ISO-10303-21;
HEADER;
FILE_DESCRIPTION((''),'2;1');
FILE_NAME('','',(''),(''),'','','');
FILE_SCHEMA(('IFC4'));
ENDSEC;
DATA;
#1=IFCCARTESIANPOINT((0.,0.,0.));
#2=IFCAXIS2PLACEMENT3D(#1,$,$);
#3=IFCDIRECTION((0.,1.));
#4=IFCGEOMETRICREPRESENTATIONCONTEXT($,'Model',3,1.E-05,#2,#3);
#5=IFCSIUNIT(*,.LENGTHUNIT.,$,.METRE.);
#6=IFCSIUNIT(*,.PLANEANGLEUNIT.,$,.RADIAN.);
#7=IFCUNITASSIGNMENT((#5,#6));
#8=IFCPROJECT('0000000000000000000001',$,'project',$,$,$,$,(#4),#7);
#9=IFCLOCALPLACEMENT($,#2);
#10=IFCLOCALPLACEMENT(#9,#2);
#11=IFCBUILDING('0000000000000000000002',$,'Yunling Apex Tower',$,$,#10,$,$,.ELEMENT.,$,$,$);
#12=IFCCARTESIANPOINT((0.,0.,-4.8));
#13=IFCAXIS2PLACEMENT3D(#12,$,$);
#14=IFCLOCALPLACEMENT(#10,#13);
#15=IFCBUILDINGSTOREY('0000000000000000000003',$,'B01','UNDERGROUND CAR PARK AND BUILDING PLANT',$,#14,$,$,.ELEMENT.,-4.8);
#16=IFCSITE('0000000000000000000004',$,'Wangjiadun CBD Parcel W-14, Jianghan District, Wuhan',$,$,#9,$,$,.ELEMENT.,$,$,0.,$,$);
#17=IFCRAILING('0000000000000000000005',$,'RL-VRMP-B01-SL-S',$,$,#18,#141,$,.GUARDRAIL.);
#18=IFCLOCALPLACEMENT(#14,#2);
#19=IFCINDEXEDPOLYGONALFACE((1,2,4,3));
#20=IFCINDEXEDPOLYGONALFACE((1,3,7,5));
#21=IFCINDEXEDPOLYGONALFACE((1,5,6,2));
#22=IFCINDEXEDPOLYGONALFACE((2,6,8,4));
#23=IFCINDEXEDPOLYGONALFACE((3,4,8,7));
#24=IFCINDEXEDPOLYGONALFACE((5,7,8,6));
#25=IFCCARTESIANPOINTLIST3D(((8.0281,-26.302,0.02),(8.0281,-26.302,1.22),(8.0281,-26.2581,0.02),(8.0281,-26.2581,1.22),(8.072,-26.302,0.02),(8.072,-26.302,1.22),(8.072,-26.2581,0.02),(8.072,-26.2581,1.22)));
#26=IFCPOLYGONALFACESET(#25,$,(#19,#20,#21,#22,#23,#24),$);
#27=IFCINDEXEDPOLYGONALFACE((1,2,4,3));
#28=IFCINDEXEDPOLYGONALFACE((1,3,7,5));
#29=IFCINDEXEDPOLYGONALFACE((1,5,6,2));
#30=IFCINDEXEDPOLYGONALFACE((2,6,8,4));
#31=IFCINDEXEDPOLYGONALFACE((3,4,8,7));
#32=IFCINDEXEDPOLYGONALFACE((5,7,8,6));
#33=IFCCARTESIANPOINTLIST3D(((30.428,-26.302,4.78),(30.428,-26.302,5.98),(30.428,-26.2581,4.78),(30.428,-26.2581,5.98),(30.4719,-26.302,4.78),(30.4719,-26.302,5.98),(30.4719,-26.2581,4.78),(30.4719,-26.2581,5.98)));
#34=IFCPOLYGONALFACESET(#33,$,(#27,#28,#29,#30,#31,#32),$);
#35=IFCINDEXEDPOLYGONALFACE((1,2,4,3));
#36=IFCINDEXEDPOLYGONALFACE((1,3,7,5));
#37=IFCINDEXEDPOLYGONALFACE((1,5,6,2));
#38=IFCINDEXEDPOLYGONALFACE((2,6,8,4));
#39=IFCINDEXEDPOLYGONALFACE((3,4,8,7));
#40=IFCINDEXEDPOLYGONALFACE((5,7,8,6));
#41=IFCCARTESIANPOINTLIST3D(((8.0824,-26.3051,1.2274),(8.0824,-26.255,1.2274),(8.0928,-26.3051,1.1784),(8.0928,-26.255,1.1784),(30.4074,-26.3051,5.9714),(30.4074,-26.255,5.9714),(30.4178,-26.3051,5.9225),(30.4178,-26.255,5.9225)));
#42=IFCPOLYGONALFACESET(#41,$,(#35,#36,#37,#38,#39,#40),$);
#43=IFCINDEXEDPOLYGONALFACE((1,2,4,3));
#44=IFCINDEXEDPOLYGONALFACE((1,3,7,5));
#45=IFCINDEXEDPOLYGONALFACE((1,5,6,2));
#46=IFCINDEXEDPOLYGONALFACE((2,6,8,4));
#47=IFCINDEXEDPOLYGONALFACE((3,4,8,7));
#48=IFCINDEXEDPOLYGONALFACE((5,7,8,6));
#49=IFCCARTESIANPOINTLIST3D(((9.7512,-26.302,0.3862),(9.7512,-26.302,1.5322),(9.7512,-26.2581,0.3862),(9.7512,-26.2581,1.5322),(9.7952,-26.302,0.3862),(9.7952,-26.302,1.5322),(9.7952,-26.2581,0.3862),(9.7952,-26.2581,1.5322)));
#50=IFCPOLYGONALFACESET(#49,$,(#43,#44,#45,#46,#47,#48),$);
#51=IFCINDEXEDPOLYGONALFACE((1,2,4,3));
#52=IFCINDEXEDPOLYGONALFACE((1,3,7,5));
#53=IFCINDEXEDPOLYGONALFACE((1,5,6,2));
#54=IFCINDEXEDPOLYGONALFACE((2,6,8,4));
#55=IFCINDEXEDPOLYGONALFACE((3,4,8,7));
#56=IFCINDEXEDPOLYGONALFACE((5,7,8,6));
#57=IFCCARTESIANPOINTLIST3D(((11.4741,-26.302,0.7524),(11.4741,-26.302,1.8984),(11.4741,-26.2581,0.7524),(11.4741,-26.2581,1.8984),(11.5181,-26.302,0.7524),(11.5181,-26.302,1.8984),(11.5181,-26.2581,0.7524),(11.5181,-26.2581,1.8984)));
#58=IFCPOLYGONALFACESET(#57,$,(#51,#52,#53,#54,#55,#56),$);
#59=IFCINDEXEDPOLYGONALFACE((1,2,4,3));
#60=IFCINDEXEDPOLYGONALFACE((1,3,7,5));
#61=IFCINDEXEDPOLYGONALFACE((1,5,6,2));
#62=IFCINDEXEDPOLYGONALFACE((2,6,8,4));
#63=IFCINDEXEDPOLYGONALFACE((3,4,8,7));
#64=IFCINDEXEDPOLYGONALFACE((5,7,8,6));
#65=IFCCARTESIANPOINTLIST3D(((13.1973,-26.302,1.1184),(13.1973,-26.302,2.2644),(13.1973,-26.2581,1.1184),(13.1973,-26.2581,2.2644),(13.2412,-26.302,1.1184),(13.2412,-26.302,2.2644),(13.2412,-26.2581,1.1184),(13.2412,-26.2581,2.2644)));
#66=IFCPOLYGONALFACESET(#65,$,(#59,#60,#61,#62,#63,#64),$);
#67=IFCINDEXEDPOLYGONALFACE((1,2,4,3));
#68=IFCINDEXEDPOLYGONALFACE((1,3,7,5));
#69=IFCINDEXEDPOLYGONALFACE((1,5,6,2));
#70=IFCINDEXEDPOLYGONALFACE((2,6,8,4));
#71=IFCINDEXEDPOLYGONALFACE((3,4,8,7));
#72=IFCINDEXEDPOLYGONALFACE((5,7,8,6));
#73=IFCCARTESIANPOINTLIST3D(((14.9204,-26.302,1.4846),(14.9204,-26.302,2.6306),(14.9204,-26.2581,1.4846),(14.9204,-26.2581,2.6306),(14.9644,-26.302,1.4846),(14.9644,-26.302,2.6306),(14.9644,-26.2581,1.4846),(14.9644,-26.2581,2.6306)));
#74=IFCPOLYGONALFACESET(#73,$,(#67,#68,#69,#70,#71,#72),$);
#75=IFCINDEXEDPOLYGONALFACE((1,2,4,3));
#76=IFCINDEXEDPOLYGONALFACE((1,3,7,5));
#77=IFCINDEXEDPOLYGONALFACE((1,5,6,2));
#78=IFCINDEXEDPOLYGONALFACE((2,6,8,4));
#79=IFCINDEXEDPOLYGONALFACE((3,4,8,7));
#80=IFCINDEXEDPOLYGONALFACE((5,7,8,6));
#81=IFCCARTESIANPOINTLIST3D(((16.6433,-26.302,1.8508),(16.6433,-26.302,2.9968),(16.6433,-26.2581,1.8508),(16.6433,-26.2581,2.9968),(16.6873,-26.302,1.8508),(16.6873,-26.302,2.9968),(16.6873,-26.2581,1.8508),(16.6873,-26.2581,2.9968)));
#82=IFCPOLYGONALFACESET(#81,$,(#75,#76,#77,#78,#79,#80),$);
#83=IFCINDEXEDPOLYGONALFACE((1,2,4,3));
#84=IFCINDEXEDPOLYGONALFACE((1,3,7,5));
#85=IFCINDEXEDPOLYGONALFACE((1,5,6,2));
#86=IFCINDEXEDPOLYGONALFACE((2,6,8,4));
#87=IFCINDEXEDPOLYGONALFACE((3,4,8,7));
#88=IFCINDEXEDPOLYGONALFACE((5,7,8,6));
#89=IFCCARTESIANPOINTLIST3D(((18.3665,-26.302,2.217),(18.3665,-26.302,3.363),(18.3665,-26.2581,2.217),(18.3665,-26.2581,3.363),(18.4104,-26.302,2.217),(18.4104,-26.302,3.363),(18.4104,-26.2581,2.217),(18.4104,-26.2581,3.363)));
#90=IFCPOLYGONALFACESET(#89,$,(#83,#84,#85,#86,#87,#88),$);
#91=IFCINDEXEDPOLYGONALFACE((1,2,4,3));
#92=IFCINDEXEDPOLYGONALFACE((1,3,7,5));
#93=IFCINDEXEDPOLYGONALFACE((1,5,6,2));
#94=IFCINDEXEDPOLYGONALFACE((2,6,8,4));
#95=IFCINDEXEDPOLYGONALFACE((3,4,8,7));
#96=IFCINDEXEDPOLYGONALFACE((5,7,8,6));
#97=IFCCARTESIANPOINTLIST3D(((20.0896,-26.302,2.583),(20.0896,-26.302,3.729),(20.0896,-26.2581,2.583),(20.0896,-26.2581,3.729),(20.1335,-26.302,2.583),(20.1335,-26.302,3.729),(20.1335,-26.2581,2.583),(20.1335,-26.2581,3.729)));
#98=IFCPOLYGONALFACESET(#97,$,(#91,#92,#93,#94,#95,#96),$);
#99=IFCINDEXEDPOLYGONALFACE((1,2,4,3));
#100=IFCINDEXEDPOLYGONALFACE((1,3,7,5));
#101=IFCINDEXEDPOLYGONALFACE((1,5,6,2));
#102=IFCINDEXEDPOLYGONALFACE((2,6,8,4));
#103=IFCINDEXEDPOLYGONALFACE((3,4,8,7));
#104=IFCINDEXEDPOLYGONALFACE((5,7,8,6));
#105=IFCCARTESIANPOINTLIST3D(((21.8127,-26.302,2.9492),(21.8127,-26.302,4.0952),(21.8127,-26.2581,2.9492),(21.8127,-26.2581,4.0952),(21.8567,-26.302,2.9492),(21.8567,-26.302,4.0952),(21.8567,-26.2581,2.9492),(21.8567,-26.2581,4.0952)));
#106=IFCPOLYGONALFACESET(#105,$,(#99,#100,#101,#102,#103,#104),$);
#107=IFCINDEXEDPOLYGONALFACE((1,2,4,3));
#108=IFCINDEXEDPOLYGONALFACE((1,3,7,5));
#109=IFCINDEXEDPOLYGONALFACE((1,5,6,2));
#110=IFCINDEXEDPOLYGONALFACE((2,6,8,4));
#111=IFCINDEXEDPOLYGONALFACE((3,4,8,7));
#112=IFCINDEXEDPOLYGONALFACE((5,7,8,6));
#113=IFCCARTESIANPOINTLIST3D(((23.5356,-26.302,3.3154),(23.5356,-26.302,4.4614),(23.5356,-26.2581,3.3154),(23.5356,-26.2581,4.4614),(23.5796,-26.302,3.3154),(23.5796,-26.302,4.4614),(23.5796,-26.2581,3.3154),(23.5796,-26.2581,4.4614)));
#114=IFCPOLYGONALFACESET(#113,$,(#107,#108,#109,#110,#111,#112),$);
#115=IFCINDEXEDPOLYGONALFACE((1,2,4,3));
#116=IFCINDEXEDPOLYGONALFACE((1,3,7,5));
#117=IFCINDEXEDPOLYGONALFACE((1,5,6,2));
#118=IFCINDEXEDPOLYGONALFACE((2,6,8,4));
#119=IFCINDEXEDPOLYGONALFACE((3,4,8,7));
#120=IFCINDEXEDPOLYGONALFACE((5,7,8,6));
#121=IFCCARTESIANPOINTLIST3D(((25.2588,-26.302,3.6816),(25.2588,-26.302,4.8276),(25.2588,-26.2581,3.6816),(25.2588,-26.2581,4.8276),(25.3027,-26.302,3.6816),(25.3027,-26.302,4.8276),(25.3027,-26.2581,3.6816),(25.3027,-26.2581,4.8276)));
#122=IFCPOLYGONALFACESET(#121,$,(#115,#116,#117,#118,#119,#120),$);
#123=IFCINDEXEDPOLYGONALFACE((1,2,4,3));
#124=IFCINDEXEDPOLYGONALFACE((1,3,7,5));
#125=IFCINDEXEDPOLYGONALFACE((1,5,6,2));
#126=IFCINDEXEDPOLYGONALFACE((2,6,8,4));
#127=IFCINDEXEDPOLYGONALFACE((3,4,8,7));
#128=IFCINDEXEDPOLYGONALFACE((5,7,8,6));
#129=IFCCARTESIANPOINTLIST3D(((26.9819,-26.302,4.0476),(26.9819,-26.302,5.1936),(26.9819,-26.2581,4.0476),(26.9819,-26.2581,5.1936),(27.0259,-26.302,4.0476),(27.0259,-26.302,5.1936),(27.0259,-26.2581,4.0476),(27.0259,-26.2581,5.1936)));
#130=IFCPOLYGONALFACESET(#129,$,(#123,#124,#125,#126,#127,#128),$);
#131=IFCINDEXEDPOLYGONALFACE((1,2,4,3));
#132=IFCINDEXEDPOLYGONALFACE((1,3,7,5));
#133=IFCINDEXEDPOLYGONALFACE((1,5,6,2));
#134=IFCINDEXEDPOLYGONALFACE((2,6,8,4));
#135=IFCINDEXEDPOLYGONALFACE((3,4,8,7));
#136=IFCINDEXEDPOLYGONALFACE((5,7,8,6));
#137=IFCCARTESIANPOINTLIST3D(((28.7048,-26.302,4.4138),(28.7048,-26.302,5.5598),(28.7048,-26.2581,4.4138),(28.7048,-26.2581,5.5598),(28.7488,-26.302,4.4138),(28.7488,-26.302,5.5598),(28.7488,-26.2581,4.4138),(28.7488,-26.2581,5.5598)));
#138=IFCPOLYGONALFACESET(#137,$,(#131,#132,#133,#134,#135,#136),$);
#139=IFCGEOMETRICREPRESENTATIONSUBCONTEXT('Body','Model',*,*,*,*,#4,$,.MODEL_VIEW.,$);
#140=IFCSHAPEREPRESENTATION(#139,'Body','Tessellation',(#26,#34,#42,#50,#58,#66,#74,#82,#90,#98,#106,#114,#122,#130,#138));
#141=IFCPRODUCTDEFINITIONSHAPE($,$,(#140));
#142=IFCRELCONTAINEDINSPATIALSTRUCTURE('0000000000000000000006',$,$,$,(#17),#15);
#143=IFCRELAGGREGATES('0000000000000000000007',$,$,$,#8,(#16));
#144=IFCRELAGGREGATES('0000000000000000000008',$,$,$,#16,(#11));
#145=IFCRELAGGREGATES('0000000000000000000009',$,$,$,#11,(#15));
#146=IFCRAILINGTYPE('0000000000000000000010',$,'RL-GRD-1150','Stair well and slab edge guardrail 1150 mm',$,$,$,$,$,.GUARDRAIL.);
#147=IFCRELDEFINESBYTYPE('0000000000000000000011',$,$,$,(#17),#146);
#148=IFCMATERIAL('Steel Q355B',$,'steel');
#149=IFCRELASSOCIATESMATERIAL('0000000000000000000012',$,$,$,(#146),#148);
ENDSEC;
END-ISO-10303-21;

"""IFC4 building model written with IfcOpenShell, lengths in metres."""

from ifc_helpers import new_model, si_unit, direction, frame, origin, origin_2d, place, context, subcontext, project, spatial, rectangle, extrude, material, type_object, element, save


model = new_model("IFC4")

# Units and contexts
model_context = context("Model", 3, precision=1e-05, world=origin(), true_north=direction((0.0, 1.0)))
body_context = subcontext(model_context, "Body", "Model", "MODEL_VIEW")
ifc_project = project(units=[si_unit("LENGTHUNIT", "METRE"), si_unit("PLANEANGLEUNIT", "RADIAN")], contexts=[model_context])

# Site, building, storey
site_placement = place(None, origin())
site = spatial("IfcSite", under=ifc_project, at=site_placement, Name="Wangjiadun CBD Parcel W-14, Jianghan District, Wuhan", CompositionType="ELEMENT", RefElevation=0.0)
building_placement = place(site_placement, origin())
building = spatial("IfcBuilding", under=site, at=building_placement, Name="Yunling Apex Tower", CompositionType="ELEMENT")
storey_placement = place(building_placement, frame((0.0, 0.0, -4.8)))
storey = spatial("IfcBuildingStorey", under=building, at=storey_placement, Name="B01", Description="UNDERGROUND CAR PARK AND BUILDING PLANT", CompositionType="ELEMENT", Elevation=-4.8)

# Shared definitions
ifc_material_1 = material(Name="Steel Q355B", Category="steel")

# Railing
railing_type = type_object("IfcRailingType", Name="RL-GRD-1150", Description="Stair well and slab edge guardrail 1150 mm", PredefinedType="GUARDRAIL", material=ifc_material_1)
railing_1_placement = place(storey_placement, frame((8.05, -26.28, 0.02)))
element("IfcRailing", 1, at=railing_1_placement, inside=storey, type_object=railing_type, Name="RL-VRMP-B01-SL-S", PredefinedType="GUARDRAIL", context=body_context, shape_type="SweptSolid", body=[
    extrude(rectangle(XDim=0.0439, YDim=0.0439, at=origin_2d()), origin(), (0.0, 0.0, 1.0), 1.2),
    extrude(rectangle(XDim=0.0439, YDim=0.0439, at=origin_2d()), frame((22.3999, 0.0, 4.76)), (0.0, 0.0, 1.0), 1.2),
    extrude(rectangle(XDim=0.05, YDim=0.05, at=origin_2d()), frame((0.0376, 0.0, 1.1829), z_axis=(0.978159, 0.0, 0.20786), x_axis=(0.0, 1.0, 0.0)), (0.0, 0.0, 1.0), 22.8235),
    extrude(rectangle(XDim=0.0439, YDim=0.0439, at=origin_2d()), frame((1.7231, 0.0, 0.3662)), (0.0, 0.0, 1.0), 1.146),
    extrude(rectangle(XDim=0.0439, YDim=0.0439, at=origin_2d()), frame((3.446, 0.0, 0.7324)), (0.0, 0.0, 1.0), 1.146),
    extrude(rectangle(XDim=0.0439, YDim=0.0439, at=origin_2d()), frame((5.1692, 0.0, 1.0984)), (0.0, 0.0, 1.0), 1.146),
    extrude(rectangle(XDim=0.0439, YDim=0.0439, at=origin_2d()), frame((6.8923, 0.0, 1.4646)), (0.0, 0.0, 1.0), 1.146),
    extrude(rectangle(XDim=0.0439, YDim=0.0439, at=origin_2d()), frame((8.6152, 0.0, 1.8308)), (0.0, 0.0, 1.0), 1.146),
    extrude(rectangle(XDim=0.0439, YDim=0.0439, at=origin_2d()), frame((10.3384, 0.0, 2.197)), (0.0, 0.0, 1.0), 1.146),
    extrude(rectangle(XDim=0.0439, YDim=0.0439, at=origin_2d()), frame((12.0615, 0.0, 2.563)), (0.0, 0.0, 1.0), 1.146),
    extrude(rectangle(XDim=0.0439, YDim=0.0439, at=origin_2d()), frame((13.7847, 0.0, 2.9292)), (0.0, 0.0, 1.0), 1.146),
    extrude(rectangle(XDim=0.0439, YDim=0.0439, at=origin_2d()), frame((15.5076, 0.0, 3.2954)), (0.0, 0.0, 1.0), 1.146),
    extrude(rectangle(XDim=0.0439, YDim=0.0439, at=origin_2d()), frame((17.2307, 0.0, 3.6616)), (0.0, 0.0, 1.0), 1.146),
    extrude(rectangle(XDim=0.0439, YDim=0.0439, at=origin_2d()), frame((18.9539, 0.0, 4.0276)), (0.0, 0.0, 1.0), 1.146),
    extrude(rectangle(XDim=0.0439, YDim=0.0439, at=origin_2d()), frame((20.6768, 0.0, 4.3938)), (0.0, 0.0, 1.0), 1.146),
])

save(model, "model.ifc")
